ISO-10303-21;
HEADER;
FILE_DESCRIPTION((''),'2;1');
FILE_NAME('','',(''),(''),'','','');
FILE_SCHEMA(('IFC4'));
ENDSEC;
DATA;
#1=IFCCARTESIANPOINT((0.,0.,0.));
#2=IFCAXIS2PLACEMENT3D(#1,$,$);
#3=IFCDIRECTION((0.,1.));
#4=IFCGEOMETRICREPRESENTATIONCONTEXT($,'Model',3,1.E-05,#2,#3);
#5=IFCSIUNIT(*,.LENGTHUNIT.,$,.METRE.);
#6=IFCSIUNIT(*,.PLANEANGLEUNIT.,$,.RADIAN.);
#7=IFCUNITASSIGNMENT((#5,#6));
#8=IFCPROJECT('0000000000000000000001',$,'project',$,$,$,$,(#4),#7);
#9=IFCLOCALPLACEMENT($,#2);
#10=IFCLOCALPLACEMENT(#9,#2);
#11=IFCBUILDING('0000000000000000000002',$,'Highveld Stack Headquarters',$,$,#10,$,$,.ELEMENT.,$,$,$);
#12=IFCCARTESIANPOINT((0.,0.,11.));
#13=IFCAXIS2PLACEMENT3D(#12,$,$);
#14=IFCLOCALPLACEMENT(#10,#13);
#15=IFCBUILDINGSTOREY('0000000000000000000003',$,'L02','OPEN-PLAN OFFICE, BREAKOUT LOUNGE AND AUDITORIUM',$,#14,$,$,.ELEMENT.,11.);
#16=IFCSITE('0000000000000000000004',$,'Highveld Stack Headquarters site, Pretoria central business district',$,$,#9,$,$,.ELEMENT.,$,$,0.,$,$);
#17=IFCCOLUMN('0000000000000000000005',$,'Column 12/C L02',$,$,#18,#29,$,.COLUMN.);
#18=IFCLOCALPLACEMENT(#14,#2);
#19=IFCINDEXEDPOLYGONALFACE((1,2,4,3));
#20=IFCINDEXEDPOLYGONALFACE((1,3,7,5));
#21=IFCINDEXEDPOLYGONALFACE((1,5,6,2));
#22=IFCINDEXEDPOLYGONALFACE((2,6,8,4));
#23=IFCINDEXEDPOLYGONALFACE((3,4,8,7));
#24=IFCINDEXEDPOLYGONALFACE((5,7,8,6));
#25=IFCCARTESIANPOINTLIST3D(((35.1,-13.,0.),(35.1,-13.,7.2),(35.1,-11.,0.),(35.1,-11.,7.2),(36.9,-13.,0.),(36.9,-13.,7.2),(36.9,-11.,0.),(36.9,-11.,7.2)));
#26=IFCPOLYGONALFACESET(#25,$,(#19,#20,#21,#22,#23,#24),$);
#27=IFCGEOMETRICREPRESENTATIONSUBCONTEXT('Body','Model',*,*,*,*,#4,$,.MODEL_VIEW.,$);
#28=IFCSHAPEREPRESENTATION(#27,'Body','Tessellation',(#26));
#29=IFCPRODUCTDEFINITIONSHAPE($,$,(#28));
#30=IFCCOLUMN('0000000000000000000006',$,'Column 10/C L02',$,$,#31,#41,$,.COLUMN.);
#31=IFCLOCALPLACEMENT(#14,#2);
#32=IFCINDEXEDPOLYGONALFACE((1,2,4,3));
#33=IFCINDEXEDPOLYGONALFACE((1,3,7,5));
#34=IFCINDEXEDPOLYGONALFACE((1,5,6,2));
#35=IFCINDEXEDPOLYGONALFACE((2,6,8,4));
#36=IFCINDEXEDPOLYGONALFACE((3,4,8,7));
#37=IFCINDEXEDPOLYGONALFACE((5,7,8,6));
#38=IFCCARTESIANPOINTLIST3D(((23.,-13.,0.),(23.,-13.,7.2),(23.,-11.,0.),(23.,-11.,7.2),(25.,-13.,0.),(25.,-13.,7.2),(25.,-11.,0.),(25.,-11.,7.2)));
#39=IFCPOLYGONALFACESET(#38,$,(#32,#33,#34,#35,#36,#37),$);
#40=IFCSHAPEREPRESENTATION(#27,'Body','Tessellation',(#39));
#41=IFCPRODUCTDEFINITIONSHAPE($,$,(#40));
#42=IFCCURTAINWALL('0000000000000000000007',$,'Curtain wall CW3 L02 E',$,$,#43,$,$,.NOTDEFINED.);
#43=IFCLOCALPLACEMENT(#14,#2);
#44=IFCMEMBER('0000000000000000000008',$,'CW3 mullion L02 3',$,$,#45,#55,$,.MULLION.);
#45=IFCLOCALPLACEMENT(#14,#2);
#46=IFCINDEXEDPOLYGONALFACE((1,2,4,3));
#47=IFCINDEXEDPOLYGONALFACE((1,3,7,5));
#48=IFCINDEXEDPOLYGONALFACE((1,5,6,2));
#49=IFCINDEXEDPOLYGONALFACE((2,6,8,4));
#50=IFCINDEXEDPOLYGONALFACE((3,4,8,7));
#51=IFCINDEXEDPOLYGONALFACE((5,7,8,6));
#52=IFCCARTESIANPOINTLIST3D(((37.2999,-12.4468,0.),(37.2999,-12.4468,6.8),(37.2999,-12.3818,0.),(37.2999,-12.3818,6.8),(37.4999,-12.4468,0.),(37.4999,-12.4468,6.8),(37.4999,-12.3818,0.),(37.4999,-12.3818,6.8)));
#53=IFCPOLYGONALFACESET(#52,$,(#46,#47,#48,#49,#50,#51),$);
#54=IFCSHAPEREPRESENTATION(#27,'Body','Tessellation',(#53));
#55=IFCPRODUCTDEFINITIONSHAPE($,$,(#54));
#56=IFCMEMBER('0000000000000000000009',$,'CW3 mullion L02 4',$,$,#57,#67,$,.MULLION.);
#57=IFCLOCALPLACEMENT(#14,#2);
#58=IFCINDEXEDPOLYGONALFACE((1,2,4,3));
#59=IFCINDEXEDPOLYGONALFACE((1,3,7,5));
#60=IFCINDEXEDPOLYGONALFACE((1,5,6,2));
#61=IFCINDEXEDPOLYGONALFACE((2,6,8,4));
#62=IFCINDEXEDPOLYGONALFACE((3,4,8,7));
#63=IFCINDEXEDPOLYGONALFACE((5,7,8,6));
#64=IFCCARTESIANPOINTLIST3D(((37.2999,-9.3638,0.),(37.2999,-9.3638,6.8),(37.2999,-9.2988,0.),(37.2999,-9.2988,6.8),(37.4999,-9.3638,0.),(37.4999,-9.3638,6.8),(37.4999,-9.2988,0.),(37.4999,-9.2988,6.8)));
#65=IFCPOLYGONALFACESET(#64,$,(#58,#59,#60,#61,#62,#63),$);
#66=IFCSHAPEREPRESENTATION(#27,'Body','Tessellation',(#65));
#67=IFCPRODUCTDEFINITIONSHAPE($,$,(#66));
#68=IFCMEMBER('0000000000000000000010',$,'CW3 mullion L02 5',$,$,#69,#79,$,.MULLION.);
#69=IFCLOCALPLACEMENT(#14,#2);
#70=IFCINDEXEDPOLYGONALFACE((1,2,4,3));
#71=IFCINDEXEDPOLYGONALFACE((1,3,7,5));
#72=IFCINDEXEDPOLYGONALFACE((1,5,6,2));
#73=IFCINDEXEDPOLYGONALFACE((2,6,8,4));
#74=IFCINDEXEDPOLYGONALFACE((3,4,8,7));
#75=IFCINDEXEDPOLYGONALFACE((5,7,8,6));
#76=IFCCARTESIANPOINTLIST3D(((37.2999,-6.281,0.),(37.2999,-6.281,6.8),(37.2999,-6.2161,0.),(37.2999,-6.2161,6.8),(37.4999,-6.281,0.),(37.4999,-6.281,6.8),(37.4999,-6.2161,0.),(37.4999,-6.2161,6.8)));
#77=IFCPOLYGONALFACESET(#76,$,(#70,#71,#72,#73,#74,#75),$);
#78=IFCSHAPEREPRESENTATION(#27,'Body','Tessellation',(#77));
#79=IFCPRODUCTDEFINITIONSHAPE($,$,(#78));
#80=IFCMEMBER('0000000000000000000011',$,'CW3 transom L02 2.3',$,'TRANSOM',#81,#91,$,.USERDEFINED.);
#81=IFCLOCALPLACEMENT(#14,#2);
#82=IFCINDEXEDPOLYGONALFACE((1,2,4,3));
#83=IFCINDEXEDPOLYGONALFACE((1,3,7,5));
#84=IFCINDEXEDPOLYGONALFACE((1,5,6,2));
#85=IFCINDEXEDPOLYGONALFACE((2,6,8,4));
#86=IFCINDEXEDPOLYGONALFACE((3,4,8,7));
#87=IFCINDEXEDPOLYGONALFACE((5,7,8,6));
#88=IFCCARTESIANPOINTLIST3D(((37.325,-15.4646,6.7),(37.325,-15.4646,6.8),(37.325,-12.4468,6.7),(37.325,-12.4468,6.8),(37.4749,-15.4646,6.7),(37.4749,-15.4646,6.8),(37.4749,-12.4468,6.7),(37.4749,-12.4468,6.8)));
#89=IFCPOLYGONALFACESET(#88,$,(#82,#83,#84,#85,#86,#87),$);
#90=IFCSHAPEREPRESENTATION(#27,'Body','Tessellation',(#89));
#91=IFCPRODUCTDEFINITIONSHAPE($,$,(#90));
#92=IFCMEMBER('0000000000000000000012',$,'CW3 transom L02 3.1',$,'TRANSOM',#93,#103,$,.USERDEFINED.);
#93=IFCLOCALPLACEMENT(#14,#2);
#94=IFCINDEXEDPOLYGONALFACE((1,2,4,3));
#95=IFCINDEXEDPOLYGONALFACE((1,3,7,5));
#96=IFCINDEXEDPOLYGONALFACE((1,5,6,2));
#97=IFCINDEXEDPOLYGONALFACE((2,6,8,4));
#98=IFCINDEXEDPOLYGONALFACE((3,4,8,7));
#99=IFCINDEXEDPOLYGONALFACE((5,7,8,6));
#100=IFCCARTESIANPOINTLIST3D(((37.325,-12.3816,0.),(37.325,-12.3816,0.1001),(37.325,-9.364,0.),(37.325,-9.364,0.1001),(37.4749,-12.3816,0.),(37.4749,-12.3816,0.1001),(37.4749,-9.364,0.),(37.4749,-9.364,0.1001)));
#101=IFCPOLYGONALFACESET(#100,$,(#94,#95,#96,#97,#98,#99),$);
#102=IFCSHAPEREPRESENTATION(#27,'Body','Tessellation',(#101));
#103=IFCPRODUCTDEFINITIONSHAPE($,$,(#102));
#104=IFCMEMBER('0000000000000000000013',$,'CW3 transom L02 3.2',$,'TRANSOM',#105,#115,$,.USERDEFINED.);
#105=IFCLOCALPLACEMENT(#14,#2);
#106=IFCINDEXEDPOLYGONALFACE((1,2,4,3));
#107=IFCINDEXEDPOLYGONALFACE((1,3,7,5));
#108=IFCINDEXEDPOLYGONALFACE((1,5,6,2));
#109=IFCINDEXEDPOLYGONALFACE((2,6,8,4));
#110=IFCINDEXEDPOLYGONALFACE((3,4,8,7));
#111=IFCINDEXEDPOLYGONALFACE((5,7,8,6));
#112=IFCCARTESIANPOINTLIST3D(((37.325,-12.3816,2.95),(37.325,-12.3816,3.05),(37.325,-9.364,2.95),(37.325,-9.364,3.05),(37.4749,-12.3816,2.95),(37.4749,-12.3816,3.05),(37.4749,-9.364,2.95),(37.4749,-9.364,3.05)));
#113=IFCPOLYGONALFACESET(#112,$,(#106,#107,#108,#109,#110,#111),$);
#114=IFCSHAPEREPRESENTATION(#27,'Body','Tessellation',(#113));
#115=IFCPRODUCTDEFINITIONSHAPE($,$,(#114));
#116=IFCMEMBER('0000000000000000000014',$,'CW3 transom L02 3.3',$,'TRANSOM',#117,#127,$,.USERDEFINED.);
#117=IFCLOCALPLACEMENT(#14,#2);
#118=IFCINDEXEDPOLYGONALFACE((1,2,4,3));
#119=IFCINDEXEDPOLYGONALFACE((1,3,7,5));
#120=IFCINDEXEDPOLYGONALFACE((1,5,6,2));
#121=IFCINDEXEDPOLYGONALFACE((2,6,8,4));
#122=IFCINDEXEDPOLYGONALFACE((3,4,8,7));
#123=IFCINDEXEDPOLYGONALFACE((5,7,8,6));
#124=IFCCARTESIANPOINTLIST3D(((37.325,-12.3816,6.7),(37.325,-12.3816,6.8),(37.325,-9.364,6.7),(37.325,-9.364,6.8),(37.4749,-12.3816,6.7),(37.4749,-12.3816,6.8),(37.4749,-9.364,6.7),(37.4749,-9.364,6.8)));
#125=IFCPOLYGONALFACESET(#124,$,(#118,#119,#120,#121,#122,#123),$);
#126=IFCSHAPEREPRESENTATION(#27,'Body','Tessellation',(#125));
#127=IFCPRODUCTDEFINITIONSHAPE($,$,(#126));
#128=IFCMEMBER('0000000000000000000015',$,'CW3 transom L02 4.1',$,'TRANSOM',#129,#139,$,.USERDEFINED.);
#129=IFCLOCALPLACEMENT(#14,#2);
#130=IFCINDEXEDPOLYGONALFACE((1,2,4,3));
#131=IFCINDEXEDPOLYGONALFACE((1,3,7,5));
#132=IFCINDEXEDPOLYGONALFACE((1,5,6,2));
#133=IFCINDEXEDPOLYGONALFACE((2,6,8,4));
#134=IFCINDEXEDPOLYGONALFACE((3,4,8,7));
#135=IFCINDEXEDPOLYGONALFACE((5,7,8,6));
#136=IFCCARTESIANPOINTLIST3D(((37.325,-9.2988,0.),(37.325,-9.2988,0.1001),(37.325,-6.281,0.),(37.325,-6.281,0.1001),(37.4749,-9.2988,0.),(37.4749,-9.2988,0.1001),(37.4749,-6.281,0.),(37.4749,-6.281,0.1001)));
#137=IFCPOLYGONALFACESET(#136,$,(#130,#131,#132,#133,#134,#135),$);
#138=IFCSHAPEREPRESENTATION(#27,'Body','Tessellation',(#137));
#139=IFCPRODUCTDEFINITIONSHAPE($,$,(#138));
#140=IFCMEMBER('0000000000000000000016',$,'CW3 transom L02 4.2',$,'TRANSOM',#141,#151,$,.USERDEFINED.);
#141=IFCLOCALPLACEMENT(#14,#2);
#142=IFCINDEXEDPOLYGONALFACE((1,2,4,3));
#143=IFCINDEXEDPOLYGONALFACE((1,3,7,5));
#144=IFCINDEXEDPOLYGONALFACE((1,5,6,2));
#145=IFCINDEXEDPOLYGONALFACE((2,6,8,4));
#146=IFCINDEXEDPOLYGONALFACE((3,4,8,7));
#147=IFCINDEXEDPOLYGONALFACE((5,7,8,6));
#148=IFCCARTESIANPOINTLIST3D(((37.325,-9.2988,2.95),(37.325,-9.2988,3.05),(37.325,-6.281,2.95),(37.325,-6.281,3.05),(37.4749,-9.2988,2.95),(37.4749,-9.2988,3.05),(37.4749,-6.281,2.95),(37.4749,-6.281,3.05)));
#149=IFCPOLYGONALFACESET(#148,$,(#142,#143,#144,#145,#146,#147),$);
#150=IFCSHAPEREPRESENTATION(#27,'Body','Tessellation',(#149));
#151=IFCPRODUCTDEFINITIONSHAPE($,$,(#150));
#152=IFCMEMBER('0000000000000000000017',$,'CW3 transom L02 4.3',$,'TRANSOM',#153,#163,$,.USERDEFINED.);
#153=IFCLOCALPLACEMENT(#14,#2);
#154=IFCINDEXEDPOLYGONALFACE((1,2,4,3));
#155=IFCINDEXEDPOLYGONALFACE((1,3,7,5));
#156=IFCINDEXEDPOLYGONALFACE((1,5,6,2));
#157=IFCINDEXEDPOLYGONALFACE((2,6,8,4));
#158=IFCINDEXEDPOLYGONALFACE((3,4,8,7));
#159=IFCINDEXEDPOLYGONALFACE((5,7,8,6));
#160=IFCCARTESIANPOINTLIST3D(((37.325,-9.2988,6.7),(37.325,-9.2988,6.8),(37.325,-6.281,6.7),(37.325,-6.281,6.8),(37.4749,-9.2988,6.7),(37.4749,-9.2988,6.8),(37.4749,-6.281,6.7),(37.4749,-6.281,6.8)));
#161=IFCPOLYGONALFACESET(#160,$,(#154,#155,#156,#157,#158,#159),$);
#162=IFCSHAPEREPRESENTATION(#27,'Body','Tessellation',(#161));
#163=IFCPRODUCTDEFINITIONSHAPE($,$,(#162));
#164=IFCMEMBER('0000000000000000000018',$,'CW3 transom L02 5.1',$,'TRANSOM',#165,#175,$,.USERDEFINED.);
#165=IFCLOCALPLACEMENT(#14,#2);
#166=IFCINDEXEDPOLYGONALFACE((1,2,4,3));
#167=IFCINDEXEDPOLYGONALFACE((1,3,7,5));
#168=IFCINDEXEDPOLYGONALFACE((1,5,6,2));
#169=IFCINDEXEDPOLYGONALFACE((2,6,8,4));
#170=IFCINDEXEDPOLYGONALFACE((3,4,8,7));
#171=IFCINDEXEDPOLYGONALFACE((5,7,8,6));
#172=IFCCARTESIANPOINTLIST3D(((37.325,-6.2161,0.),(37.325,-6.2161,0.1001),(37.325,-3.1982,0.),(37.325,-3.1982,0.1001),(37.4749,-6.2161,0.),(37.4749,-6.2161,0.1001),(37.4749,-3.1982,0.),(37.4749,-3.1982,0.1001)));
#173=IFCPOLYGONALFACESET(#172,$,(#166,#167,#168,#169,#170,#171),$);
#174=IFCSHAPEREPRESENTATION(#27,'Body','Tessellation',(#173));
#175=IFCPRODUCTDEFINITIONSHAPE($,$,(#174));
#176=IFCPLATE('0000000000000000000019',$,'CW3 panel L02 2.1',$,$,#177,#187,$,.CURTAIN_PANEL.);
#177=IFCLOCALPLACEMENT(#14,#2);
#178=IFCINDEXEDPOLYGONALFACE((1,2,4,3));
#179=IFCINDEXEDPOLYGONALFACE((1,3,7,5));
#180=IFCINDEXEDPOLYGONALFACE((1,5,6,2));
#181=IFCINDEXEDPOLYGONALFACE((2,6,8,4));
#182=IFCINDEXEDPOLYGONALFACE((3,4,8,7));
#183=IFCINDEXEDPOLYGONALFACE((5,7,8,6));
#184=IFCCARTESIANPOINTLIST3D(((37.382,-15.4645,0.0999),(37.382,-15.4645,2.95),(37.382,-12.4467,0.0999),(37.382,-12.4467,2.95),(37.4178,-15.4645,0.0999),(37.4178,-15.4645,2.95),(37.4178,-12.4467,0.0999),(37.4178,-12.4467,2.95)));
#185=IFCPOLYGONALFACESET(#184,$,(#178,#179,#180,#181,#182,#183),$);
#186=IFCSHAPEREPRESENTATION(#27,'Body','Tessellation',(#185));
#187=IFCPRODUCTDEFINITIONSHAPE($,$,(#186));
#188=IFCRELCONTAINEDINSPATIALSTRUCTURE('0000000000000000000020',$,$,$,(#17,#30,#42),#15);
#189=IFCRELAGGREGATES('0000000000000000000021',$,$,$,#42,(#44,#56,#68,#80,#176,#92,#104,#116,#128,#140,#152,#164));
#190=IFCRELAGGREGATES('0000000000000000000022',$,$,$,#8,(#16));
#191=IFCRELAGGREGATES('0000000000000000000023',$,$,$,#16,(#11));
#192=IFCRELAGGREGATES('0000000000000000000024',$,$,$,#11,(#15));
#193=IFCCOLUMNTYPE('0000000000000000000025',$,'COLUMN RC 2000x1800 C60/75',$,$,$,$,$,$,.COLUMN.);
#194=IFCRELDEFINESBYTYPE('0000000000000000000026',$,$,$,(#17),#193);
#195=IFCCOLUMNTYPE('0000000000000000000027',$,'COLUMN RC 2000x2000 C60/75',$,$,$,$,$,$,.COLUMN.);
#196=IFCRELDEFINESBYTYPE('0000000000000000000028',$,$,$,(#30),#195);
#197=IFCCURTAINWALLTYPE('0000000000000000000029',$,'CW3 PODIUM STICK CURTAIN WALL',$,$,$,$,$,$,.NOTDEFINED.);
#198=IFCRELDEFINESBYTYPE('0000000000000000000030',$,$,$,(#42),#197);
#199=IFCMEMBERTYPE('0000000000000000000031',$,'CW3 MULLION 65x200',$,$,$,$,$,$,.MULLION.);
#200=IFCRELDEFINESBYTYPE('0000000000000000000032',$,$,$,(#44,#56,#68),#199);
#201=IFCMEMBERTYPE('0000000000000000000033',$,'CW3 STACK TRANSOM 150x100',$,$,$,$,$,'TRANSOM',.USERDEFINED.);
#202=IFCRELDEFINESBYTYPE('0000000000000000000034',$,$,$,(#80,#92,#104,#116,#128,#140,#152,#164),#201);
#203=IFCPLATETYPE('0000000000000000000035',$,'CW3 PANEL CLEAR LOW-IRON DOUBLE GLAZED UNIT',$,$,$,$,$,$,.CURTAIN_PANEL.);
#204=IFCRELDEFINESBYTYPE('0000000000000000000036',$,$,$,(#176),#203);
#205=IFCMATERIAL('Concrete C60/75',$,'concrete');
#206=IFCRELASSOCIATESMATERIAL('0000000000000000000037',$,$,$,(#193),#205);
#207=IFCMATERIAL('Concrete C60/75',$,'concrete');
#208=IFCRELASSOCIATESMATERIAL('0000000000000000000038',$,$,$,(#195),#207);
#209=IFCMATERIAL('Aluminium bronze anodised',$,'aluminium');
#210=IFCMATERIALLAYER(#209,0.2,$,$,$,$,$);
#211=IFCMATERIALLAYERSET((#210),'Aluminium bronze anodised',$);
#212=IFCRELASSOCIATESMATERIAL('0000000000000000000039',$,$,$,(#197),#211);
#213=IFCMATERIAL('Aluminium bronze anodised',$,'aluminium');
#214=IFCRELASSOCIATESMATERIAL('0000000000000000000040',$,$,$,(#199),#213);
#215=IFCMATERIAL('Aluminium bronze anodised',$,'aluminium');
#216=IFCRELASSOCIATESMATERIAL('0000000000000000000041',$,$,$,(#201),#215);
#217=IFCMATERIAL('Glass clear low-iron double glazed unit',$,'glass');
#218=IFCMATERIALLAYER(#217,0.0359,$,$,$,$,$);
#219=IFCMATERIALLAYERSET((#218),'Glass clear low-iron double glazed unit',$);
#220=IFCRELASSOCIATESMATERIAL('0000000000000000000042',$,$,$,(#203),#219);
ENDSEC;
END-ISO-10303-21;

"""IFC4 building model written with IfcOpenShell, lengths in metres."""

from ifc_helpers import new_model, si_unit, direction, frame, origin, origin_2d, place, context, subcontext, project, spatial, rectangle, extrude, material, layer, layer_set, material_profile, profile_set, type_object, element, aggregate, save


model = new_model("IFC4")

# Units and contexts
model_context = context("Model", 3, precision=1e-05, world=origin(), true_north=direction((0.0, 1.0)))
body_context = subcontext(model_context, "Body", "Model", "MODEL_VIEW")
ifc_project = project(units=[si_unit("LENGTHUNIT", "METRE"), si_unit("PLANEANGLEUNIT", "RADIAN")], contexts=[model_context])

# Site, building, storey
site_placement = place(None, origin())
site = spatial("IfcSite", under=ifc_project, at=site_placement, Name="Highveld Stack Headquarters site, Pretoria central business district", CompositionType="ELEMENT", RefElevation=0.0)
building_placement = place(site_placement, origin())
building = spatial("IfcBuilding", under=site, at=building_placement, Name="Highveld Stack Headquarters", CompositionType="ELEMENT")
storey_placement = place(building_placement, frame((0.0, 0.0, 11.0)))
storey = spatial("IfcBuildingStorey", under=building, at=storey_placement, Name="L02", Description="OPEN-PLAN OFFICE, BREAKOUT LOUNGE AND AUDITORIUM", CompositionType="ELEMENT", Elevation=11.0)

# Columns
ifc_material_1 = material(Name="Concrete C60/75", Category="concrete")
ifc_material_profile_1 = material_profile(ifc_material_1, rectangle(XDim=2.0, YDim=1.8, at=origin_2d()), Name="RC 2000x1800")
ifc_profile_set_1 = profile_set([ifc_material_profile_1], Name="Concrete C60/75")
column_type_1 = type_object("IfcColumnType", Name="COLUMN RC 2000x1800 C60/75", PredefinedType="COLUMN", material=ifc_profile_set_1)
column_1_placement = place(storey_placement, frame((36.0, -12.0, 0.0), z_axis=(0.0, 0.0, 1.0), x_axis=(0.0, 1.0, 0.0)))
element("IfcColumn", 1, at=column_1_placement, inside=storey, type_object=column_type_1, Name="Column 12/C L02", PredefinedType="COLUMN", context=body_context, shape_type="SweptSolid", body=[
    extrude(rectangle(XDim=2.0, YDim=1.8, at=origin_2d()), origin(), (0.0, 0.0, 1.0), 7.2),
])
ifc_material_2 = material(Name="Concrete C60/75", Category="concrete")
ifc_material_profile_2 = material_profile(ifc_material_2, rectangle(XDim=2.0, YDim=2.0, at=origin_2d()), Name="RC 2000x2000")
ifc_profile_set_2 = profile_set([ifc_material_profile_2], Name="Concrete C60/75")
column_type_2 = type_object("IfcColumnType", Name="COLUMN RC 2000x2000 C60/75", PredefinedType="COLUMN", material=ifc_profile_set_2)
column_2_placement = place(storey_placement, frame((24.0, -12.0, 0.0), z_axis=(0.0, 0.0, 1.0), x_axis=(1.0, 0.0, 0.0)))
element("IfcColumn", 2, at=column_2_placement, inside=storey, type_object=column_type_2, Name="Column 10/C L02", PredefinedType="COLUMN", context=body_context, shape_type="SweptSolid", body=[
    extrude(rectangle(XDim=2.0, YDim=2.0, at=origin_2d()), origin(), (0.0, 0.0, 1.0), 7.2),
])

# Curtain wall, members, plate
ifc_material_3 = material(Name="Aluminium bronze anodised", Category="aluminium")
ifc_layer_1 = layer(ifc_material_3, 0.2)
ifc_layer_set_1 = layer_set([ifc_layer_1], Name="Aluminium bronze anodised")
curtain_wall_type = type_object("IfcCurtainWallType", Name="CW3 PODIUM STICK CURTAIN WALL", PredefinedType="NOTDEFINED", material=ifc_layer_set_1)
curtain_wall_placement = place(storey_placement, origin())
curtain_wall = element("IfcCurtainWall", 3, at=curtain_wall_placement, inside=storey, type_object=curtain_wall_type, Name="Curtain wall CW3 L02 E", PredefinedType="NOTDEFINED")
ifc_material_4 = material(Name="Aluminium bronze anodised", Category="aluminium")
ifc_material_profile_3 = material_profile(ifc_material_4, rectangle(XDim=0.2, YDim=0.0649, at=origin_2d()), Name="CW3 MULLION 65x200")
ifc_profile_set_3 = profile_set([ifc_material_profile_3], Name="Aluminium bronze anodised")
member_type_1 = type_object("IfcMemberType", Name="CW3 MULLION 65x200", PredefinedType="MULLION", material=ifc_profile_set_3)
member_1_placement = place(storey_placement, frame((37.3999, -12.4143, 0.0), z_axis=(0.0, 0.0, 1.0), x_axis=(-1.0, 0.0, 0.0)))
member_1 = element("IfcMember", 4, at=member_1_placement, type_object=member_type_1, Name="CW3 mullion L02 3", PredefinedType="MULLION", context=body_context, shape_type="SweptSolid", body=[
    extrude(rectangle(XDim=0.2, YDim=0.0649, at=origin_2d()), origin(), (0.0, 0.0, 1.0), 6.8),
])
member_2_placement = place(storey_placement, frame((37.3999, -9.3313, 0.0), z_axis=(0.0, 0.0, 1.0), x_axis=(-1.0, 0.0, 0.0)))
member_2 = element("IfcMember", 5, at=member_2_placement, type_object=member_type_1, Name="CW3 mullion L02 4", PredefinedType="MULLION", context=body_context, shape_type="SweptSolid", body=[
    extrude(rectangle(XDim=0.2, YDim=0.0649, at=origin_2d()), origin(), (0.0, 0.0, 1.0), 6.8),
])
member_3_placement = place(storey_placement, frame((37.3999, -6.2485, 0.0), z_axis=(0.0, 0.0, 1.0), x_axis=(-1.0, 0.0, 0.0)))
member_3 = element("IfcMember", 6, at=member_3_placement, type_object=member_type_1, Name="CW3 mullion L02 5", PredefinedType="MULLION", context=body_context, shape_type="SweptSolid", body=[
    extrude(rectangle(XDim=0.2, YDim=0.0649, at=origin_2d()), origin(), (0.0, 0.0, 1.0), 6.8),
])
ifc_material_5 = material(Name="Aluminium bronze anodised", Category="aluminium")
ifc_material_profile_4 = material_profile(ifc_material_5, rectangle(XDim=0.1499, YDim=0.1001, at=origin_2d()), Name="CW3 TRANSOM 150x100")
ifc_profile_set_4 = profile_set([ifc_material_profile_4], Name="Aluminium bronze anodised")
member_type_2 = type_object("IfcMemberType", Name="CW3 STACK TRANSOM 150x100", ElementType="TRANSOM", PredefinedType="USERDEFINED", material=ifc_profile_set_4)
member_4_placement = place(storey_placement, frame((37.3999, -15.4646, 6.75), z_axis=(0.0, 1.0, 0.0), x_axis=(-1.0, 0.0, 0.0)))
member_4 = element("IfcMember", 7, at=member_4_placement, type_object=member_type_2, Name="CW3 transom L02 2.3", ObjectType="TRANSOM", PredefinedType="USERDEFINED", context=body_context, shape_type="SweptSolid", body=[
    extrude(rectangle(XDim=0.1499, YDim=0.1001, at=origin_2d()), origin(), (0.0, 0.0, 1.0), 3.0178),
])
member_5_placement = place(storey_placement, frame((37.3999, -12.3816, 0.05), z_axis=(0.0, 1.0, 0.0), x_axis=(-1.0, 0.0, 0.0)))
member_5 = element("IfcMember", 8, at=member_5_placement, type_object=member_type_2, Name="CW3 transom L02 3.1", ObjectType="TRANSOM", PredefinedType="USERDEFINED", context=body_context, shape_type="SweptSolid", body=[
    extrude(rectangle(XDim=0.1499, YDim=0.1001, at=origin_2d()), origin(), (0.0, 0.0, 1.0), 3.0176),
])
member_6_placement = place(storey_placement, frame((37.3999, -12.3816, 3.0), z_axis=(0.0, 1.0, 0.0), x_axis=(-1.0, 0.0, 0.0)))
member_6 = element("IfcMember", 9, at=member_6_placement, type_object=member_type_2, Name="CW3 transom L02 3.2", ObjectType="TRANSOM", PredefinedType="USERDEFINED", context=body_context, shape_type="SweptSolid", body=[
    extrude(rectangle(XDim=0.1499, YDim=0.1001, at=origin_2d()), origin(), (0.0, 0.0, 1.0), 3.0176),
])
member_7_placement = place(storey_placement, frame((37.3999, -12.3816, 6.75), z_axis=(0.0, 1.0, 0.0), x_axis=(-1.0, 0.0, 0.0)))
member_7 = element("IfcMember", 10, at=member_7_placement, type_object=member_type_2, Name="CW3 transom L02 3.3", ObjectType="TRANSOM", PredefinedType="USERDEFINED", context=body_context, shape_type="SweptSolid", body=[
    extrude(rectangle(XDim=0.1499, YDim=0.1001, at=origin_2d()), origin(), (0.0, 0.0, 1.0), 3.0176),
])
member_8_placement = place(storey_placement, frame((37.3999, -9.2988, 0.05), z_axis=(0.0, 1.0, 0.0), x_axis=(-1.0, 0.0, 0.0)))
member_8 = element("IfcMember", 11, at=member_8_placement, type_object=member_type_2, Name="CW3 transom L02 4.1", ObjectType="TRANSOM", PredefinedType="USERDEFINED", context=body_context, shape_type="SweptSolid", body=[
    extrude(rectangle(XDim=0.1499, YDim=0.1001, at=origin_2d()), origin(), (0.0, 0.0, 1.0), 3.0178),
])
member_9_placement = place(storey_placement, frame((37.3999, -9.2988, 3.0), z_axis=(0.0, 1.0, 0.0), x_axis=(-1.0, 0.0, 0.0)))
member_9 = element("IfcMember", 12, at=member_9_placement, type_object=member_type_2, Name="CW3 transom L02 4.2", ObjectType="TRANSOM", PredefinedType="USERDEFINED", context=body_context, shape_type="SweptSolid", body=[
    extrude(rectangle(XDim=0.1499, YDim=0.1001, at=origin_2d()), origin(), (0.0, 0.0, 1.0), 3.0178),
])
member_10_placement = place(storey_placement, frame((37.3999, -9.2988, 6.75), z_axis=(0.0, 1.0, 0.0), x_axis=(-1.0, 0.0, 0.0)))
member_10 = element("IfcMember", 13, at=member_10_placement, type_object=member_type_2, Name="CW3 transom L02 4.3", ObjectType="TRANSOM", PredefinedType="USERDEFINED", context=body_context, shape_type="SweptSolid", body=[
    extrude(rectangle(XDim=0.1499, YDim=0.1001, at=origin_2d()), origin(), (0.0, 0.0, 1.0), 3.0178),
])
member_11_placement = place(storey_placement, frame((37.3999, -6.2161, 0.05), z_axis=(0.0, 1.0, 0.0), x_axis=(-1.0, 0.0, 0.0)))
member_11 = element("IfcMember", 14, at=member_11_placement, type_object=member_type_2, Name="CW3 transom L02 5.1", ObjectType="TRANSOM", PredefinedType="USERDEFINED", context=body_context, shape_type="SweptSolid", body=[
    extrude(rectangle(XDim=0.1499, YDim=0.1001, at=origin_2d()), origin(), (0.0, 0.0, 1.0), 3.0178),
])
ifc_material_6 = material(Name="Glass clear low-iron double glazed unit", Category="glass")
ifc_layer_2 = layer(ifc_material_6, 0.0359)
ifc_layer_set_2 = layer_set([ifc_layer_2], Name="Glass clear low-iron double glazed unit")
plate_type = type_object("IfcPlateType", Name="CW3 PANEL CLEAR LOW-IRON DOUBLE GLAZED UNIT", PredefinedType="CURTAIN_PANEL", material=ifc_layer_set_2)
plate_1_placement = place(storey_placement, frame((37.3999, -13.9556, 0.0999), z_axis=(0.0, 0.0, 1.0), x_axis=(0.0, 1.0, 0.0)))
plate_1 = element("IfcPlate", 15, at=plate_1_placement, type_object=plate_type, Name="CW3 panel L02 2.1", PredefinedType="CURTAIN_PANEL", context=body_context, shape_type="SweptSolid", body=[
    extrude(rectangle(XDim=3.0178, YDim=0.0359, at=origin_2d()), origin(), (0.0, 0.0, 1.0), 2.8501),
])
aggregate(curtain_wall, [member_1, member_2, member_3, member_4, plate_1, member_5, member_6, member_7, member_8, member_9, member_10, member_11])

save(model, "model.ifc")
